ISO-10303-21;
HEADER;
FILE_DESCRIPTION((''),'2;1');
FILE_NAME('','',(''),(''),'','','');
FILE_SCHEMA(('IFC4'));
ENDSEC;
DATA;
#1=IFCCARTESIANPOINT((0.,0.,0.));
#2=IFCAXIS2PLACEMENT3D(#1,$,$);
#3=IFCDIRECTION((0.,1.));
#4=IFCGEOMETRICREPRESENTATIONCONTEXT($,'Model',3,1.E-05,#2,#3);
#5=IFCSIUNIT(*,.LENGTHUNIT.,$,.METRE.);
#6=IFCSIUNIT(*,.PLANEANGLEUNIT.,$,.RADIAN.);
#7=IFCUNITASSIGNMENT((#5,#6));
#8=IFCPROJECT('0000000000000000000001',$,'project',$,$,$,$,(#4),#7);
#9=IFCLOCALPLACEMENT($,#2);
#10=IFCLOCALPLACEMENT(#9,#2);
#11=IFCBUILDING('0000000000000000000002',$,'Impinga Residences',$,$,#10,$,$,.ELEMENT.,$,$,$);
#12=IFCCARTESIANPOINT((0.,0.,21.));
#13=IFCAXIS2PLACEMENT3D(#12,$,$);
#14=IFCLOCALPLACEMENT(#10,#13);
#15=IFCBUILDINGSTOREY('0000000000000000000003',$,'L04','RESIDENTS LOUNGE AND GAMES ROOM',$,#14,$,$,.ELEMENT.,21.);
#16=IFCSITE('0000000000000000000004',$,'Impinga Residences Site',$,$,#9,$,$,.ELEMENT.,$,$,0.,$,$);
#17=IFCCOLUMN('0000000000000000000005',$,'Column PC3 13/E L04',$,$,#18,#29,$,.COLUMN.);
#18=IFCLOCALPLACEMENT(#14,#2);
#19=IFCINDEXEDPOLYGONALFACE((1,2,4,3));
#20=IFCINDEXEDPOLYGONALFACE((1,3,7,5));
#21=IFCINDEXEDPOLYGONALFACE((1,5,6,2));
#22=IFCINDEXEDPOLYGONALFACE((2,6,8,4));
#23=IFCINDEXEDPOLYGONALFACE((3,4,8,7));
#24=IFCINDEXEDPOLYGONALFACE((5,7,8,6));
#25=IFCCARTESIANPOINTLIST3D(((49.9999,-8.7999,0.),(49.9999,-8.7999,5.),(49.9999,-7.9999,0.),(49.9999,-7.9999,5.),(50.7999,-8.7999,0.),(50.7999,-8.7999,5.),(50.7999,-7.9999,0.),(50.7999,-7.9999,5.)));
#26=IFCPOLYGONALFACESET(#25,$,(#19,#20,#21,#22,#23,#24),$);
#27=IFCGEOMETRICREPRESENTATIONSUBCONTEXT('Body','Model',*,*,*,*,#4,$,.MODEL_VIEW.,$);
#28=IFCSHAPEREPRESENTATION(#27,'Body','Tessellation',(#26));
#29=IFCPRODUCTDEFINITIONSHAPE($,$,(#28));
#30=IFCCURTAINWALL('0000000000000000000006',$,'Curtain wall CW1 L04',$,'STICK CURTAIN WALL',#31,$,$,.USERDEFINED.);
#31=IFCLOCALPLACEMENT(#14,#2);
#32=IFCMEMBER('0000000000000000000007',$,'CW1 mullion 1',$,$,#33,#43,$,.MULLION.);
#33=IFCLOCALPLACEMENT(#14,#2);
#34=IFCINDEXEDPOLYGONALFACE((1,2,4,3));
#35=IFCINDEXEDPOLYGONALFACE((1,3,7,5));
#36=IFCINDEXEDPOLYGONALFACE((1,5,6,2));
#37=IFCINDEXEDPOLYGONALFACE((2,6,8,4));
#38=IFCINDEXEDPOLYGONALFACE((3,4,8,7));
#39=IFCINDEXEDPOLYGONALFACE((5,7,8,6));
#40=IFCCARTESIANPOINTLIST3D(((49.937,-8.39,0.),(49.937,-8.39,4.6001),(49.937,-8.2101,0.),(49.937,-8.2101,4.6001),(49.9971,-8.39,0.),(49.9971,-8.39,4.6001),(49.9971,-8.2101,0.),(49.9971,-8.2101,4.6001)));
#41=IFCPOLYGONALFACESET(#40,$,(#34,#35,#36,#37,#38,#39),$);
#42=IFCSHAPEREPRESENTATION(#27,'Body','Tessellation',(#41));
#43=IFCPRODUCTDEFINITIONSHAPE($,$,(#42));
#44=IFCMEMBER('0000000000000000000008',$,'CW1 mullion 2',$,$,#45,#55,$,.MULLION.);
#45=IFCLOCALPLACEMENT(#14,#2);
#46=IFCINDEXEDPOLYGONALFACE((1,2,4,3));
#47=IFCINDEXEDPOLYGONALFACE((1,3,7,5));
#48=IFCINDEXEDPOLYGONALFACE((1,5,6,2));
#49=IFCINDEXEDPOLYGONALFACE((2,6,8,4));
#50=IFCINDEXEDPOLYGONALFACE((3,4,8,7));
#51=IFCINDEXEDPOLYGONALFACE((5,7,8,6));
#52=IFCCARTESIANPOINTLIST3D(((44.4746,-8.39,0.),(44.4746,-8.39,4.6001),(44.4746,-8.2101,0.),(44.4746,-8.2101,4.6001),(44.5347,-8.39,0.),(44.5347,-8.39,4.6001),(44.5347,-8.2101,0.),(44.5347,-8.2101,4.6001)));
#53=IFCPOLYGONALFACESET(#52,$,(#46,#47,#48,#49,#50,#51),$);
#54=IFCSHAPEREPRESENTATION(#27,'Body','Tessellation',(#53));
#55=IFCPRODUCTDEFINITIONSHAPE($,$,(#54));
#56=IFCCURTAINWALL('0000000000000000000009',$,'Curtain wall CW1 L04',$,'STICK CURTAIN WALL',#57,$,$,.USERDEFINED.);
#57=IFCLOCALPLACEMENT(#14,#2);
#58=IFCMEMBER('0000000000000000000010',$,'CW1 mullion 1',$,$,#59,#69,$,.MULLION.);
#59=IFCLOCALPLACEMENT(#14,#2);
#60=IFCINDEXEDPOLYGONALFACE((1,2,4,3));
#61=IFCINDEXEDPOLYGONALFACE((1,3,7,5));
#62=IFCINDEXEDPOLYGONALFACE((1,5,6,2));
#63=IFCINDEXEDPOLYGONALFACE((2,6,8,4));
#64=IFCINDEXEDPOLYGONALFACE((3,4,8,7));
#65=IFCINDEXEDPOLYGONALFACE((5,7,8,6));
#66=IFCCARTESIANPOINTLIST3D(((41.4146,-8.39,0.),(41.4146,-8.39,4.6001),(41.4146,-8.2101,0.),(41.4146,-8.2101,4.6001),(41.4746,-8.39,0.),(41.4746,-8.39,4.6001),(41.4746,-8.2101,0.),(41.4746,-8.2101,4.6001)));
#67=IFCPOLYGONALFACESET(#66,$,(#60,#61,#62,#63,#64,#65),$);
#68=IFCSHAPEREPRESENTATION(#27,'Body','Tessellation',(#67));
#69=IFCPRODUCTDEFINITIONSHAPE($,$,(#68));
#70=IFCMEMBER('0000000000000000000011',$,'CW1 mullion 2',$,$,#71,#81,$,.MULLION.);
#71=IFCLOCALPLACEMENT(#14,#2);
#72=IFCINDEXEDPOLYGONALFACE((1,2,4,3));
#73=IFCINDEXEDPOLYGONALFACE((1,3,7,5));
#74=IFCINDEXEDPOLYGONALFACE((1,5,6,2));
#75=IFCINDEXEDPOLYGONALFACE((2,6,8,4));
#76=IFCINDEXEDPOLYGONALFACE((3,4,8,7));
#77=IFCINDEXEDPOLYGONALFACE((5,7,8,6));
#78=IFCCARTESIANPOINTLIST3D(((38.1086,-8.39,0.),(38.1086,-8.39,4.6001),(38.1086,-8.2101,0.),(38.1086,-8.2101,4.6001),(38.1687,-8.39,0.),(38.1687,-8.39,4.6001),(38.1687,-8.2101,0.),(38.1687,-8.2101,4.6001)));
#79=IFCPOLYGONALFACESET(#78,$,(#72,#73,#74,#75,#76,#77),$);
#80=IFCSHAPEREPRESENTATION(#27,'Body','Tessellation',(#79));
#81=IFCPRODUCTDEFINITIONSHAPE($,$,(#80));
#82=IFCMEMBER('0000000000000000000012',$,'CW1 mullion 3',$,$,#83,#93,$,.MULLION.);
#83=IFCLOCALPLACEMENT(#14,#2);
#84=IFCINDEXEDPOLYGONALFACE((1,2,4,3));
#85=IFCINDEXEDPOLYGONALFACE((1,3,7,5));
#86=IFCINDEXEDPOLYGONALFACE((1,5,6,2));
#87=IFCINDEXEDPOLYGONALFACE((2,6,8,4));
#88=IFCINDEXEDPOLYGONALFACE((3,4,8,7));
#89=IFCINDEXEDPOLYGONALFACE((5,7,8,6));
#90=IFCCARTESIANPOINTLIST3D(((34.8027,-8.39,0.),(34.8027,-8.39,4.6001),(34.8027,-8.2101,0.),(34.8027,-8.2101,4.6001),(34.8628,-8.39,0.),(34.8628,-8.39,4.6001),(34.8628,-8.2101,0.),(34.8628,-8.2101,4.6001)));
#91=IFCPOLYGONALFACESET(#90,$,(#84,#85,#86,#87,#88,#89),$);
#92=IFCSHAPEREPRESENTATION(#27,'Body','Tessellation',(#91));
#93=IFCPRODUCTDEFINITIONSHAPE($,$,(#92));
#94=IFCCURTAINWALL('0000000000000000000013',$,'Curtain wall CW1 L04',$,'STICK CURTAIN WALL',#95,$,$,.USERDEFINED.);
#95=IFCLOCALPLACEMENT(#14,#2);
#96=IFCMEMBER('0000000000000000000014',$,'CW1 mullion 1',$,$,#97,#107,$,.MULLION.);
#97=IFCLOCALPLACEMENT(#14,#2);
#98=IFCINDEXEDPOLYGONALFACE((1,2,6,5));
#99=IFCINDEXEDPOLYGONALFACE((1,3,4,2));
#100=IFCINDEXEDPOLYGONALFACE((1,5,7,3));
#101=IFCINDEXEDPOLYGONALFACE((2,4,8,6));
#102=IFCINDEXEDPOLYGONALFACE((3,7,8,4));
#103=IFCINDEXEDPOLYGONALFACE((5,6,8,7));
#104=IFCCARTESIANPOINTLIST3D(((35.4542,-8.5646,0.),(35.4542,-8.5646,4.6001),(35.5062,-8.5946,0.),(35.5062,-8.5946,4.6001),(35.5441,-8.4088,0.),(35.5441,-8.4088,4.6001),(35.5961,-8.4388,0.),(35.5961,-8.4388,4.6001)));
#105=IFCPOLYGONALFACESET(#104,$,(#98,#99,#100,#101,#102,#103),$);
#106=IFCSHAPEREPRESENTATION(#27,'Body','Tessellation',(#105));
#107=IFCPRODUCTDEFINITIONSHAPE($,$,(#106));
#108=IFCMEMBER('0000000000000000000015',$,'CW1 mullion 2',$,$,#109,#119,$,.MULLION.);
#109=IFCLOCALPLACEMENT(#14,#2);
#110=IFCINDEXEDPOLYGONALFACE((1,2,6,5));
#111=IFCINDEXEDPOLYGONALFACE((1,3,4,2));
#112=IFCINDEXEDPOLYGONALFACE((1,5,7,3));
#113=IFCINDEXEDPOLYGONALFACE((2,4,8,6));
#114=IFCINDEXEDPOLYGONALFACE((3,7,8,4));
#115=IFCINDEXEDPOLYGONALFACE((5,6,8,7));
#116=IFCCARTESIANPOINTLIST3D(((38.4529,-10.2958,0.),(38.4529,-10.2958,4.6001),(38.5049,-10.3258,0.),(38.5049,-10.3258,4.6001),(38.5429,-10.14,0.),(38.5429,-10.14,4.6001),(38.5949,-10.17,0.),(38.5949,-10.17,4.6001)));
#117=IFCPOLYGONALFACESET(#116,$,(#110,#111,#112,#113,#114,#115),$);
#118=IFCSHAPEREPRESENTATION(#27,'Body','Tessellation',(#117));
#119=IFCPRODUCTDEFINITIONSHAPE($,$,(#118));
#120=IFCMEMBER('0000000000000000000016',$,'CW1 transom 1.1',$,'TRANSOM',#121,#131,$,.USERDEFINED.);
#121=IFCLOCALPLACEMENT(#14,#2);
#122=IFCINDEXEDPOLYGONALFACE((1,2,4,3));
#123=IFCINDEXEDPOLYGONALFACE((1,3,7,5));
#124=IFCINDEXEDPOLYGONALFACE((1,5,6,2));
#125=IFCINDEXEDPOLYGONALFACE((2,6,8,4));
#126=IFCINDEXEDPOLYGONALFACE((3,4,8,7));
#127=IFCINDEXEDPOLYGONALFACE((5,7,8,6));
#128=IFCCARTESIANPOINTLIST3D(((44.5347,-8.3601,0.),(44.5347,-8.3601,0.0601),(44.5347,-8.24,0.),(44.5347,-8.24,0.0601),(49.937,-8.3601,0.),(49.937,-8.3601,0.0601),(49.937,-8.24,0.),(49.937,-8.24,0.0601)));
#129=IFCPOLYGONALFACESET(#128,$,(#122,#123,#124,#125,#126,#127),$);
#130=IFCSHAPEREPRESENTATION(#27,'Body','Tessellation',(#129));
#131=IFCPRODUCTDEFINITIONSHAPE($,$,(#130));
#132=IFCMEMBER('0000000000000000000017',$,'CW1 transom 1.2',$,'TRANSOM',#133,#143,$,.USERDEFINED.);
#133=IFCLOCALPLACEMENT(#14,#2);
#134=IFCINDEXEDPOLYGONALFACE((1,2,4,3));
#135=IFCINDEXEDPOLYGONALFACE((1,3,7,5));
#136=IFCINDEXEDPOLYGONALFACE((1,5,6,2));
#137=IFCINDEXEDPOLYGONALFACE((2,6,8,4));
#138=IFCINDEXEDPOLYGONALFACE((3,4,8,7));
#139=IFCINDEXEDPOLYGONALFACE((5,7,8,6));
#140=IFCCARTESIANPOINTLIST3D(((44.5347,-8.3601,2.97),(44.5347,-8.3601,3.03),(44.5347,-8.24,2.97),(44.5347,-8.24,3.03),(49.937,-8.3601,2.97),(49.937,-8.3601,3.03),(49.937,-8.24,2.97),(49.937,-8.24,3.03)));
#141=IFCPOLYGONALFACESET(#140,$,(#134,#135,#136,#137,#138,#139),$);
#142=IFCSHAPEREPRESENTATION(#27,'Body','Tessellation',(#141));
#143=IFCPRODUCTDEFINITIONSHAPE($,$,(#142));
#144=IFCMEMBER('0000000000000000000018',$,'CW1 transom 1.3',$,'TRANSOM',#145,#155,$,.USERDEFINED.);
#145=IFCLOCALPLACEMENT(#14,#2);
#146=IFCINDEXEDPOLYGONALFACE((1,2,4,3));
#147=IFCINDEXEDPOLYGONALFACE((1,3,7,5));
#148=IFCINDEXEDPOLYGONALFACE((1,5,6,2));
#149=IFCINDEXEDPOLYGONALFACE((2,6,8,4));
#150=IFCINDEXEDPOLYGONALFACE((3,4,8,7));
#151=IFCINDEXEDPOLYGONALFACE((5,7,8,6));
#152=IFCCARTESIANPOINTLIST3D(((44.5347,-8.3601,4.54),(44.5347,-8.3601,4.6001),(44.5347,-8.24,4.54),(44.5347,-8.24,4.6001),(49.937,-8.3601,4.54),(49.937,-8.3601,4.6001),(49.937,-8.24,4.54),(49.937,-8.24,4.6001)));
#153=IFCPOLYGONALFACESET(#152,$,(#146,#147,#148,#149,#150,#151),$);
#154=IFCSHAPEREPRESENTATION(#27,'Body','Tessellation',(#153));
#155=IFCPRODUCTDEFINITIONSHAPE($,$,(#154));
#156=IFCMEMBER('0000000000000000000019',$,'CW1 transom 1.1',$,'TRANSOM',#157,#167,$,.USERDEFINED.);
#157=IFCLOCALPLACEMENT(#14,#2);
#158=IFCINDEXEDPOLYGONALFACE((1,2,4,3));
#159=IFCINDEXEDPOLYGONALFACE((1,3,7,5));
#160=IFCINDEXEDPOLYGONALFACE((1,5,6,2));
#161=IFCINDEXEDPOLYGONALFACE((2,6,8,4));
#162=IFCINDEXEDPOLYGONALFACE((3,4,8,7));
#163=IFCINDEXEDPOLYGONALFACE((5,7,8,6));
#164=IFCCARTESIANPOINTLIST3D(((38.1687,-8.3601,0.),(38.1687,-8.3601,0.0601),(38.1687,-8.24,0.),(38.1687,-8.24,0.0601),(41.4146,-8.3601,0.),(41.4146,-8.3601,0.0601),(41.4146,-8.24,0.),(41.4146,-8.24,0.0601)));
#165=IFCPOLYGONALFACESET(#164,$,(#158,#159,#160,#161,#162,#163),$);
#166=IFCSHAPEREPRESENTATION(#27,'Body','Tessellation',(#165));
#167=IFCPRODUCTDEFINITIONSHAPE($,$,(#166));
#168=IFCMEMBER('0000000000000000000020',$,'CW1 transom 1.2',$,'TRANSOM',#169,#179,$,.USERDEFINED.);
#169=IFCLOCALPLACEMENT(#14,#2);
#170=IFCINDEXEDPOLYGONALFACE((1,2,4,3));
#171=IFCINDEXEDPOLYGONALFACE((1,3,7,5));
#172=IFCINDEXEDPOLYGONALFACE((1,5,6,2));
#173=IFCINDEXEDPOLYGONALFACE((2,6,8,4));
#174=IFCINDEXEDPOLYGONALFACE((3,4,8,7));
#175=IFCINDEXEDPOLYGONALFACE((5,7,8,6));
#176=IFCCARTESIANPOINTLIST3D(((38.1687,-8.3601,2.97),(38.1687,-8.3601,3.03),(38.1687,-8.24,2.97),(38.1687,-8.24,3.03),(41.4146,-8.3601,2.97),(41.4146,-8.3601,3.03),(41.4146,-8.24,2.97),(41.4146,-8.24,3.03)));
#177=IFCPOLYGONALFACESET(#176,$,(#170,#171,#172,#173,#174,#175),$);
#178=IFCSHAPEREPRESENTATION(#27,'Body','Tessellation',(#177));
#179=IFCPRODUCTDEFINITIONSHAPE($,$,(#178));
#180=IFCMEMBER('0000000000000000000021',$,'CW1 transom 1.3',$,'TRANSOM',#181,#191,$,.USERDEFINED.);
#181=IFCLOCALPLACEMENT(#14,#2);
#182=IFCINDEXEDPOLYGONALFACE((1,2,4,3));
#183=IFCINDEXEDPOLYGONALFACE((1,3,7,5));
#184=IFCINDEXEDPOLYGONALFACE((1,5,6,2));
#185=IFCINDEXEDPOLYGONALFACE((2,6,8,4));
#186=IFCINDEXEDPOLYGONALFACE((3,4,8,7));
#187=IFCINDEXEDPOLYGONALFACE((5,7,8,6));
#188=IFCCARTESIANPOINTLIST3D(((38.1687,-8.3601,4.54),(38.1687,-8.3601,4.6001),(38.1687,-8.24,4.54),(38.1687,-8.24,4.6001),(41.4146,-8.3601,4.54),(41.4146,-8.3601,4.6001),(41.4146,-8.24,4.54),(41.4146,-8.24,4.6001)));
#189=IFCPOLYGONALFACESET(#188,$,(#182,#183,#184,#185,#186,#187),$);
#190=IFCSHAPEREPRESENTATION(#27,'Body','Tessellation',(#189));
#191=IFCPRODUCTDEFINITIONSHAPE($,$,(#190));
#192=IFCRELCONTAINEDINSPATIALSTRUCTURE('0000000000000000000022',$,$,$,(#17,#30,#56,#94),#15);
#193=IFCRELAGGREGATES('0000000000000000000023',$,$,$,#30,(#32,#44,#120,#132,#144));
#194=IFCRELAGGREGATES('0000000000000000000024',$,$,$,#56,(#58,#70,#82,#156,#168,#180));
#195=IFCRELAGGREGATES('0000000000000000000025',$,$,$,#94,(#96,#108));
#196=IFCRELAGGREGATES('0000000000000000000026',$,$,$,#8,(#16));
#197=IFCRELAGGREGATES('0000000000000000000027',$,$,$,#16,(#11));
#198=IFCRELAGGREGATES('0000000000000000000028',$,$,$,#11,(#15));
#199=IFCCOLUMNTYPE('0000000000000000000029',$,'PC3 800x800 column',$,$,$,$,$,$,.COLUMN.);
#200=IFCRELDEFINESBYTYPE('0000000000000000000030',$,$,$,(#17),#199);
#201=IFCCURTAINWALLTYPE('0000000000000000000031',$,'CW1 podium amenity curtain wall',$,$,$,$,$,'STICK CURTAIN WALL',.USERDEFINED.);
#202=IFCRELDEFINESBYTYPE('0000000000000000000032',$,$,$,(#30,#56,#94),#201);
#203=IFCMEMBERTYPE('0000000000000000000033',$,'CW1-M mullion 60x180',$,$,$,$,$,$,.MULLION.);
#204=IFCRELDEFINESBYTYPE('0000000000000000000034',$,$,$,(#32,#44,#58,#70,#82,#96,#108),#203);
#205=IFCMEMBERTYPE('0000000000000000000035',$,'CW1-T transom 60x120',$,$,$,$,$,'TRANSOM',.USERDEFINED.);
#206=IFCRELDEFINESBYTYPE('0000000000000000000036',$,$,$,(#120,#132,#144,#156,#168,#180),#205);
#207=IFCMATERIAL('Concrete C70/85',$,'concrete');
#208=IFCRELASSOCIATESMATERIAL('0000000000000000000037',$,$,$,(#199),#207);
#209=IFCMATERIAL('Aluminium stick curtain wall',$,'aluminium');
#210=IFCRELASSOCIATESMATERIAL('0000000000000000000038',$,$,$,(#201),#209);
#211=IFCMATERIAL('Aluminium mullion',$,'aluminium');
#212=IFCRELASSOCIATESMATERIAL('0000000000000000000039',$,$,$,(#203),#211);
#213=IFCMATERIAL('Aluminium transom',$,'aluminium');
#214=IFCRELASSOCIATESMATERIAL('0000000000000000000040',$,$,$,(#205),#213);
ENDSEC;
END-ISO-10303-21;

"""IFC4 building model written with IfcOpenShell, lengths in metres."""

from ifc_helpers import new_model, si_unit, direction, frame, origin, origin_2d, place, context, subcontext, project, spatial, rectangle, extrude, material, material_profile, profile_set, type_object, element, aggregate, save


model = new_model("IFC4")

# Units and contexts
model_context = context("Model", 3, precision=1e-05, world=origin(), true_north=direction((0.0, 1.0)))
body_context = subcontext(model_context, "Body", "Model", "MODEL_VIEW")
ifc_project = project(units=[si_unit("LENGTHUNIT", "METRE"), si_unit("PLANEANGLEUNIT", "RADIAN")], contexts=[model_context])

# Site, building, storey
site_placement = place(None, origin())
site = spatial("IfcSite", under=ifc_project, at=site_placement, Name="Impinga Residences Site", CompositionType="ELEMENT", RefElevation=0.0)
building_placement = place(site_placement, origin())
building = spatial("IfcBuilding", under=site, at=building_placement, Name="Impinga Residences", CompositionType="ELEMENT")
storey_placement = place(building_placement, frame((0.0, 0.0, 21.0)))
storey = spatial("IfcBuildingStorey", under=building, at=storey_placement, Name="L04", Description="RESIDENTS LOUNGE AND GAMES ROOM", CompositionType="ELEMENT", Elevation=21.0)

# Column
ifc_material_1 = material(Name="Concrete C70/85", Category="concrete")
ifc_material_profile_1 = material_profile(ifc_material_1, rectangle(XDim=0.8, YDim=0.8, at=origin_2d()), Name="RC 800x800")
ifc_profile_set_1 = profile_set([ifc_material_profile_1], Name="Concrete C70/85")
column_type = type_object("IfcColumnType", Name="PC3 800x800 column", PredefinedType="COLUMN", material=ifc_profile_set_1)
column_placement = place(storey_placement, frame((50.3999, -8.3999, 0.0), z_axis=(0.0, 0.0, 1.0), x_axis=(1.0, 0.0, 0.0)))
element("IfcColumn", 1, at=column_placement, inside=storey, type_object=column_type, Name="Column PC3 13/E L04", PredefinedType="COLUMN", context=body_context, shape_type="SweptSolid", body=[
    extrude(rectangle(XDim=0.8, YDim=0.8, at=origin_2d()), origin(), (0.0, 0.0, 1.0), 5.0),
])

# Curtain walls, members
ifc_material_2 = material(Name="Aluminium stick curtain wall", Category="aluminium")
curtain_wall_type = type_object("IfcCurtainWallType", Name="CW1 podium amenity curtain wall", ElementType="STICK CURTAIN WALL", PredefinedType="USERDEFINED", material=ifc_material_2)
curtain_wall_1_placement = place(storey_placement, origin())
curtain_wall_1 = element("IfcCurtainWall", 2, at=curtain_wall_1_placement, inside=storey, type_object=curtain_wall_type, Name="Curtain wall CW1 L04", ObjectType="STICK CURTAIN WALL", PredefinedType="USERDEFINED")
ifc_material_3 = material(Name="Aluminium mullion", Category="aluminium")
ifc_material_profile_2 = material_profile(ifc_material_3, rectangle(XDim=0.0601, YDim=0.1799, at=origin_2d()), Name="60x180 mullion")
ifc_profile_set_2 = profile_set([ifc_material_profile_2], Name="Aluminium mullion")
member_type_1 = type_object("IfcMemberType", Name="CW1-M mullion 60x180", PredefinedType="MULLION", material=ifc_profile_set_2)
member_1_placement = place(storey_placement, frame((49.967, -8.3, 0.0), z_axis=(0.0, 0.0, 1.0), x_axis=(-1.0, 0.0, 0.0)))
member_1 = element("IfcMember", 3, at=member_1_placement, type_object=member_type_1, Name="CW1 mullion 1", PredefinedType="MULLION", context=body_context, shape_type="SweptSolid", body=[
    extrude(rectangle(XDim=0.0601, YDim=0.1799, at=origin_2d()), origin(), (0.0, 0.0, 1.0), 4.6001),
])
member_2_placement = place(storey_placement, frame((44.5046, -8.3, 0.0), z_axis=(0.0, 0.0, 1.0), x_axis=(-1.0, 0.0, 0.0)))
member_2 = element("IfcMember", 4, at=member_2_placement, type_object=member_type_1, Name="CW1 mullion 2", PredefinedType="MULLION", context=body_context, shape_type="SweptSolid", body=[
    extrude(rectangle(XDim=0.0601, YDim=0.1799, at=origin_2d()), origin(), (0.0, 0.0, 1.0), 4.6001),
])
curtain_wall_2_placement = place(storey_placement, origin())
curtain_wall_2 = element("IfcCurtainWall", 5, at=curtain_wall_2_placement, inside=storey, type_object=curtain_wall_type, Name="Curtain wall CW1 L04", ObjectType="STICK CURTAIN WALL", PredefinedType="USERDEFINED")
member_3_placement = place(storey_placement, frame((41.4446, -8.3, 0.0), z_axis=(0.0, 0.0, 1.0), x_axis=(-1.0, 0.0, 0.0)))
member_3 = element("IfcMember", 6, at=member_3_placement, type_object=member_type_1, Name="CW1 mullion 1", PredefinedType="MULLION", context=body_context, shape_type="SweptSolid", body=[
    extrude(rectangle(XDim=0.0601, YDim=0.1799, at=origin_2d()), origin(), (0.0, 0.0, 1.0), 4.6001),
])
member_4_placement = place(storey_placement, frame((38.1387, -8.3, 0.0), z_axis=(0.0, 0.0, 1.0), x_axis=(-1.0, 0.0, 0.0)))
member_4 = element("IfcMember", 7, at=member_4_placement, type_object=member_type_1, Name="CW1 mullion 2", PredefinedType="MULLION", context=body_context, shape_type="SweptSolid", body=[
    extrude(rectangle(XDim=0.0601, YDim=0.1799, at=origin_2d()), origin(), (0.0, 0.0, 1.0), 4.6001),
])
member_5_placement = place(storey_placement, frame((34.8328, -8.3, 0.0), z_axis=(0.0, 0.0, 1.0), x_axis=(-1.0, 0.0, 0.0)))
member_5 = element("IfcMember", 8, at=member_5_placement, type_object=member_type_1, Name="CW1 mullion 3", PredefinedType="MULLION", context=body_context, shape_type="SweptSolid", body=[
    extrude(rectangle(XDim=0.0601, YDim=0.1799, at=origin_2d()), origin(), (0.0, 0.0, 1.0), 4.6001),
])
curtain_wall_3_placement = place(storey_placement, origin())
curtain_wall_3 = element("IfcCurtainWall", 9, at=curtain_wall_3_placement, inside=storey, type_object=curtain_wall_type, Name="Curtain wall CW1 L04", ObjectType="STICK CURTAIN WALL", PredefinedType="USERDEFINED")
member_6_placement = place(storey_placement, frame((35.5251, -8.5017, 0.0), z_axis=(0.0, 0.0, 1.0), x_axis=(0.866025, -0.5, 0.0)))
member_6 = element("IfcMember", 10, at=member_6_placement, type_object=member_type_1, Name="CW1 mullion 1", PredefinedType="MULLION", context=body_context, shape_type="SweptSolid", body=[
    extrude(rectangle(XDim=0.0601, YDim=0.1799, at=origin_2d()), origin(), (0.0, 0.0, 1.0), 4.6001),
])
member_7_placement = place(storey_placement, frame((38.5239, -10.2329, 0.0), z_axis=(0.0, 0.0, 1.0), x_axis=(0.866025, -0.5, 0.0)))
member_7 = element("IfcMember", 11, at=member_7_placement, type_object=member_type_1, Name="CW1 mullion 2", PredefinedType="MULLION", context=body_context, shape_type="SweptSolid", body=[
    extrude(rectangle(XDim=0.0601, YDim=0.1799, at=origin_2d()), origin(), (0.0, 0.0, 1.0), 4.6001),
])

# Members
ifc_material_4 = material(Name="Aluminium transom", Category="aluminium")
ifc_material_profile_3 = material_profile(ifc_material_4, rectangle(XDim=0.0601, YDim=0.1201, at=origin_2d()), Name="60x120 transom")
ifc_profile_set_3 = profile_set([ifc_material_profile_3], Name="Aluminium transom")
member_type_2 = type_object("IfcMemberType", Name="CW1-T transom 60x120", ElementType="TRANSOM", PredefinedType="USERDEFINED", material=ifc_profile_set_3)
member_8_placement = place(storey_placement, frame((49.937, -8.3, 0.03), z_axis=(-1.0, 0.0, 0.0), x_axis=(0.0, 0.0, 1.0)))
member_8 = element("IfcMember", 12, at=member_8_placement, type_object=member_type_2, Name="CW1 transom 1.1", ObjectType="TRANSOM", PredefinedType="USERDEFINED", context=body_context, shape_type="SweptSolid", body=[
    extrude(rectangle(XDim=0.0601, YDim=0.1201, at=origin_2d()), origin(), (0.0, 0.0, 1.0), 5.4023),
])
member_9_placement = place(storey_placement, frame((49.937, -8.3, 3.0), z_axis=(-1.0, 0.0, 0.0), x_axis=(0.0, 0.0, 1.0)))
member_9 = element("IfcMember", 13, at=member_9_placement, type_object=member_type_2, Name="CW1 transom 1.2", ObjectType="TRANSOM", PredefinedType="USERDEFINED", context=body_context, shape_type="SweptSolid", body=[
    extrude(rectangle(XDim=0.0601, YDim=0.1201, at=origin_2d()), origin(), (0.0, 0.0, 1.0), 5.4023),
])
member_10_placement = place(storey_placement, frame((49.937, -8.3, 4.5701), z_axis=(-1.0, 0.0, 0.0), x_axis=(0.0, 0.0, 1.0)))
member_10 = element("IfcMember", 14, at=member_10_placement, type_object=member_type_2, Name="CW1 transom 1.3", ObjectType="TRANSOM", PredefinedType="USERDEFINED", context=body_context, shape_type="SweptSolid", body=[
    extrude(rectangle(XDim=0.0601, YDim=0.1201, at=origin_2d()), origin(), (0.0, 0.0, 1.0), 5.4023),
])
member_11_placement = place(storey_placement, frame((41.4146, -8.3, 0.03), z_axis=(-1.0, 0.0, 0.0), x_axis=(0.0, 0.0, 1.0)))
member_11 = element("IfcMember", 15, at=member_11_placement, type_object=member_type_2, Name="CW1 transom 1.1", ObjectType="TRANSOM", PredefinedType="USERDEFINED", context=body_context, shape_type="SweptSolid", body=[
    extrude(rectangle(XDim=0.0601, YDim=0.1201, at=origin_2d()), origin(), (0.0, 0.0, 1.0), 3.2458),
])
member_12_placement = place(storey_placement, frame((41.4146, -8.3, 3.0), z_axis=(-1.0, 0.0, 0.0), x_axis=(0.0, 0.0, 1.0)))
member_12 = element("IfcMember", 16, at=member_12_placement, type_object=member_type_2, Name="CW1 transom 1.2", ObjectType="TRANSOM", PredefinedType="USERDEFINED", context=body_context, shape_type="SweptSolid", body=[
    extrude(rectangle(XDim=0.0601, YDim=0.1201, at=origin_2d()), origin(), (0.0, 0.0, 1.0), 3.2458),
])
member_13_placement = place(storey_placement, frame((41.4146, -8.3, 4.5701), z_axis=(-1.0, 0.0, 0.0), x_axis=(0.0, 0.0, 1.0)))
member_13 = element("IfcMember", 17, at=member_13_placement, type_object=member_type_2, Name="CW1 transom 1.3", ObjectType="TRANSOM", PredefinedType="USERDEFINED", context=body_context, shape_type="SweptSolid", body=[
    extrude(rectangle(XDim=0.0601, YDim=0.1201, at=origin_2d()), origin(), (0.0, 0.0, 1.0), 3.2458),
])

aggregate(curtain_wall_1, [member_1, member_2, member_8, member_9, member_10])
aggregate(curtain_wall_2, [member_3, member_4, member_5, member_11, member_12, member_13])
aggregate(curtain_wall_3, [member_6, member_7])

save(model, "model.ifc")
